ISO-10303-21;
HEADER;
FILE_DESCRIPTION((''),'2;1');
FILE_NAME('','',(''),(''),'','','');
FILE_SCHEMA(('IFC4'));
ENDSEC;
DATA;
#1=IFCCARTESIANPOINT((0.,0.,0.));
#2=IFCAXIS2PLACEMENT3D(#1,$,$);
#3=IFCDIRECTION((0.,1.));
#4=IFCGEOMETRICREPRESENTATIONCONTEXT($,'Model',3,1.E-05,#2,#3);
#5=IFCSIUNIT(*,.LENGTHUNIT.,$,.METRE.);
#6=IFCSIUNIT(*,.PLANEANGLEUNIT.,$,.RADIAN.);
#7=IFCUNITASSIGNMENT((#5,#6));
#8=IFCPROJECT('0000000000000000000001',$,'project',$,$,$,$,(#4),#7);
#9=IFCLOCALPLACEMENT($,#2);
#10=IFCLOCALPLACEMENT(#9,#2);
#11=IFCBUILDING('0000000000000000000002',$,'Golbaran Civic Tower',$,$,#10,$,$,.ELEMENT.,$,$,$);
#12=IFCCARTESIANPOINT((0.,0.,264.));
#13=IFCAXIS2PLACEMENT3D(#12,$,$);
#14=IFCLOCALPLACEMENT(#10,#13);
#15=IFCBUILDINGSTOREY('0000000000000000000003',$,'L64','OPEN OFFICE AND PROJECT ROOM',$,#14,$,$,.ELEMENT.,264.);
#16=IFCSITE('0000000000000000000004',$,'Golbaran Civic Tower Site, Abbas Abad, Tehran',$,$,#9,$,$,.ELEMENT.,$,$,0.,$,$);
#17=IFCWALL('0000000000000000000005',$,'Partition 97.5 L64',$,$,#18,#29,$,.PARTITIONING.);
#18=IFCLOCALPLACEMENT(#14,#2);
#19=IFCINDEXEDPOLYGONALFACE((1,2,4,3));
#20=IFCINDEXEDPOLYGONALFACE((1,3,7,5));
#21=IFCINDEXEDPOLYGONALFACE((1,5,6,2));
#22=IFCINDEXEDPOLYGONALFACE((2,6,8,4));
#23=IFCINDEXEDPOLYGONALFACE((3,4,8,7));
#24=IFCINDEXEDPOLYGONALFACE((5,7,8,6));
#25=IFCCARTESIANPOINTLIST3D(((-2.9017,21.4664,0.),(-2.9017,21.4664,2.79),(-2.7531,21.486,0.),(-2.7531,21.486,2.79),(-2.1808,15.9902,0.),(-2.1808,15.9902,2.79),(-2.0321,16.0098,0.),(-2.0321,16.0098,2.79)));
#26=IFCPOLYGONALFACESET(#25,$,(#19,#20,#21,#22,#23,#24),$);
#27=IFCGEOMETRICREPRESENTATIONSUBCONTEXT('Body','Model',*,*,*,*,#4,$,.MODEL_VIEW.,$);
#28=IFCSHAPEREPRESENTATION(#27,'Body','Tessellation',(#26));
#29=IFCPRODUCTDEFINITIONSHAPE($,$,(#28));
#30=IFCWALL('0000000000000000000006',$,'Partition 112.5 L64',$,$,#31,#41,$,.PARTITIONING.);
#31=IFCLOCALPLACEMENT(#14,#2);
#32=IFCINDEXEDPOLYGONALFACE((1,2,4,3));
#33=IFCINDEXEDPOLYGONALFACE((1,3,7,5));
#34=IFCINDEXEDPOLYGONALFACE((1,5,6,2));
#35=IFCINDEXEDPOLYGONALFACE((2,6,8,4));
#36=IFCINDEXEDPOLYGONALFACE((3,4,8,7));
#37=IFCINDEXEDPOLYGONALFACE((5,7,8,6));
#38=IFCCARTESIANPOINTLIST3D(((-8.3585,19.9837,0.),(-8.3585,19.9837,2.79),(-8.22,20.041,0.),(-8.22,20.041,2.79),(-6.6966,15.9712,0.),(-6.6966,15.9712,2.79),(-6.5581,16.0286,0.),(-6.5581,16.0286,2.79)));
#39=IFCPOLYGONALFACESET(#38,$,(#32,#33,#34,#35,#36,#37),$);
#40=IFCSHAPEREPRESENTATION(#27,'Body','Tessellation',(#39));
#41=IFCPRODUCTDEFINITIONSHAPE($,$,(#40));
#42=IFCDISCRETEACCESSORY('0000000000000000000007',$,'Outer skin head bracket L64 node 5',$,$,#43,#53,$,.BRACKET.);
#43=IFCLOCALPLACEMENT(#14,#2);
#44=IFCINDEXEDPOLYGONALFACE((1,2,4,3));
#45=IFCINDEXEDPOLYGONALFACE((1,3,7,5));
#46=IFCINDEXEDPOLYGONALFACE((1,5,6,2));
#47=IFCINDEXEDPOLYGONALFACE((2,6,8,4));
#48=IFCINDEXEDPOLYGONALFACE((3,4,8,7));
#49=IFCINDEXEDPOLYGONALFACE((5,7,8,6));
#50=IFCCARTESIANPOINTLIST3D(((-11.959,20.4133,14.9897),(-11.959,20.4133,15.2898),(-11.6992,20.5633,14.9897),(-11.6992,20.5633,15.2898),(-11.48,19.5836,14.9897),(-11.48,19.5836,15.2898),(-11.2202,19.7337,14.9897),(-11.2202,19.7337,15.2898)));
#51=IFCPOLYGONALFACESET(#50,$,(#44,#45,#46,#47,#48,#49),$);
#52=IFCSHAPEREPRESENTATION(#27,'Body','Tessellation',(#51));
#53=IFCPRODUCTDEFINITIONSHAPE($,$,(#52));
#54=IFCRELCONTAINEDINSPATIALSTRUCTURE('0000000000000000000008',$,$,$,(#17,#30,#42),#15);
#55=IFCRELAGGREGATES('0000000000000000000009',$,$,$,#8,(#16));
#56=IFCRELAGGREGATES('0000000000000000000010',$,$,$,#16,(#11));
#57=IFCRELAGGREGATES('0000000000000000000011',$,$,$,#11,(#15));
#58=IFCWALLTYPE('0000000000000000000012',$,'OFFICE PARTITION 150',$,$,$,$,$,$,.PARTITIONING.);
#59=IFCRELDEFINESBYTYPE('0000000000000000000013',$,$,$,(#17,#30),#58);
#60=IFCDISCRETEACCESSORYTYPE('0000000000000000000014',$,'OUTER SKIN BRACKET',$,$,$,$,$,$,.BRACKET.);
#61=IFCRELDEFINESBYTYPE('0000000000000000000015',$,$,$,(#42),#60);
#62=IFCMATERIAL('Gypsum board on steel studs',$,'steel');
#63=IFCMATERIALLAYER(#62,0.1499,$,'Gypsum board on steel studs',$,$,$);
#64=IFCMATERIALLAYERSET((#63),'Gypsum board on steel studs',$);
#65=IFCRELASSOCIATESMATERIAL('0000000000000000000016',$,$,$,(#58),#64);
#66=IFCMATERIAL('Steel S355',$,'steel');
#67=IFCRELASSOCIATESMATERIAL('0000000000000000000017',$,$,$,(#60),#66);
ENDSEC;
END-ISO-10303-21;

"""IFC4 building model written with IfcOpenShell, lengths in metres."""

from ifc_helpers import new_model, si_unit, direction, frame, frame_2d, origin, origin_2d, place, context, subcontext, project, spatial, rectangle, extrude, material, layer, layer_set, type_object, element, save


model = new_model("IFC4")

# Units and contexts
model_context = context("Model", 3, precision=1e-05, world=origin(), true_north=direction((0.0, 1.0)))
body_context = subcontext(model_context, "Body", "Model", "MODEL_VIEW")
ifc_project = project(units=[si_unit("LENGTHUNIT", "METRE"), si_unit("PLANEANGLEUNIT", "RADIAN")], contexts=[model_context])

# Site, building, storey
site_placement = place(None, origin())
site = spatial("IfcSite", under=ifc_project, at=site_placement, Name="Golbaran Civic Tower Site, Abbas Abad, Tehran", CompositionType="ELEMENT", RefElevation=0.0)
building_placement = place(site_placement, origin())
building = spatial("IfcBuilding", under=site, at=building_placement, Name="Golbaran Civic Tower", CompositionType="ELEMENT")
storey_placement = place(building_placement, frame((0.0, 0.0, 264.0)))
storey = spatial("IfcBuildingStorey", under=building, at=storey_placement, Name="L64", Description="OPEN OFFICE AND PROJECT ROOM", CompositionType="ELEMENT", Elevation=264.0)

# Walls
ifc_material_1 = material(Name="Gypsum board on steel studs", Category="steel")
ifc_layer_1 = layer(ifc_material_1, 0.1499, Name="Gypsum board on steel studs")
ifc_layer_set_1 = layer_set([ifc_layer_1], Name="Gypsum board on steel studs")
wall_type = type_object("IfcWallType", Name="OFFICE PARTITION 150", PredefinedType="PARTITIONING", material=ifc_layer_set_1)
wall_1_placement = place(storey_placement, frame((-2.1064, 16.0, 0.0), z_axis=(0.0, 0.0, 1.0), x_axis=(-0.130528, 0.991445, 0.0)))
element("IfcWall", 1, at=wall_1_placement, inside=storey, type_object=wall_type, Name="Partition 97.5 L64", PredefinedType="PARTITIONING", context=body_context, shape_type="SweptSolid", body=[
    extrude(rectangle(XDim=5.5234, YDim=0.1499, at=frame_2d((2.7617, 0.0))), origin(), (0.0, 0.0, 1.0), 2.79),
])
wall_2_placement = place(storey_placement, frame((-6.6274, 16.0, 0.0), z_axis=(0.0, 0.0, 1.0), x_axis=(-0.382655, 0.923891, 0.0)))
element("IfcWall", 2, at=wall_2_placement, inside=storey, type_object=wall_type, Name="Partition 112.5 L64", PredefinedType="PARTITIONING", context=body_context, shape_type="SweptSolid", body=[
    extrude(rectangle(XDim=4.343, YDim=0.1499, at=frame_2d((2.1714, 0.0))), origin(), (0.0, 0.0, 1.0), 2.79),
])

# Discrete accessory
ifc_material_2 = material(Name="Steel S355", Category="steel")
discrete_accessory_type = type_object("IfcDiscreteAccessoryType", Name="OUTER SKIN BRACKET", PredefinedType="BRACKET", material=ifc_material_2)
discrete_accessory_placement = place(storey_placement, frame((-11.5896, 20.0735, 14.9897), z_axis=(0.0, 0.0, 1.0), x_axis=(-0.5, 0.866025, 0.0)))
element("IfcDiscreteAccessory", 3, at=discrete_accessory_placement, inside=storey, type_object=discrete_accessory_type, Name="Outer skin head bracket L64 node 5", PredefinedType="BRACKET", context=body_context, shape_type="SweptSolid", body=[
    extrude(rectangle(XDim=0.958, YDim=0.3, at=origin_2d()), origin(), (0.0, 0.0, 1.0), 0.3),
])

save(model, "model.ifc")
